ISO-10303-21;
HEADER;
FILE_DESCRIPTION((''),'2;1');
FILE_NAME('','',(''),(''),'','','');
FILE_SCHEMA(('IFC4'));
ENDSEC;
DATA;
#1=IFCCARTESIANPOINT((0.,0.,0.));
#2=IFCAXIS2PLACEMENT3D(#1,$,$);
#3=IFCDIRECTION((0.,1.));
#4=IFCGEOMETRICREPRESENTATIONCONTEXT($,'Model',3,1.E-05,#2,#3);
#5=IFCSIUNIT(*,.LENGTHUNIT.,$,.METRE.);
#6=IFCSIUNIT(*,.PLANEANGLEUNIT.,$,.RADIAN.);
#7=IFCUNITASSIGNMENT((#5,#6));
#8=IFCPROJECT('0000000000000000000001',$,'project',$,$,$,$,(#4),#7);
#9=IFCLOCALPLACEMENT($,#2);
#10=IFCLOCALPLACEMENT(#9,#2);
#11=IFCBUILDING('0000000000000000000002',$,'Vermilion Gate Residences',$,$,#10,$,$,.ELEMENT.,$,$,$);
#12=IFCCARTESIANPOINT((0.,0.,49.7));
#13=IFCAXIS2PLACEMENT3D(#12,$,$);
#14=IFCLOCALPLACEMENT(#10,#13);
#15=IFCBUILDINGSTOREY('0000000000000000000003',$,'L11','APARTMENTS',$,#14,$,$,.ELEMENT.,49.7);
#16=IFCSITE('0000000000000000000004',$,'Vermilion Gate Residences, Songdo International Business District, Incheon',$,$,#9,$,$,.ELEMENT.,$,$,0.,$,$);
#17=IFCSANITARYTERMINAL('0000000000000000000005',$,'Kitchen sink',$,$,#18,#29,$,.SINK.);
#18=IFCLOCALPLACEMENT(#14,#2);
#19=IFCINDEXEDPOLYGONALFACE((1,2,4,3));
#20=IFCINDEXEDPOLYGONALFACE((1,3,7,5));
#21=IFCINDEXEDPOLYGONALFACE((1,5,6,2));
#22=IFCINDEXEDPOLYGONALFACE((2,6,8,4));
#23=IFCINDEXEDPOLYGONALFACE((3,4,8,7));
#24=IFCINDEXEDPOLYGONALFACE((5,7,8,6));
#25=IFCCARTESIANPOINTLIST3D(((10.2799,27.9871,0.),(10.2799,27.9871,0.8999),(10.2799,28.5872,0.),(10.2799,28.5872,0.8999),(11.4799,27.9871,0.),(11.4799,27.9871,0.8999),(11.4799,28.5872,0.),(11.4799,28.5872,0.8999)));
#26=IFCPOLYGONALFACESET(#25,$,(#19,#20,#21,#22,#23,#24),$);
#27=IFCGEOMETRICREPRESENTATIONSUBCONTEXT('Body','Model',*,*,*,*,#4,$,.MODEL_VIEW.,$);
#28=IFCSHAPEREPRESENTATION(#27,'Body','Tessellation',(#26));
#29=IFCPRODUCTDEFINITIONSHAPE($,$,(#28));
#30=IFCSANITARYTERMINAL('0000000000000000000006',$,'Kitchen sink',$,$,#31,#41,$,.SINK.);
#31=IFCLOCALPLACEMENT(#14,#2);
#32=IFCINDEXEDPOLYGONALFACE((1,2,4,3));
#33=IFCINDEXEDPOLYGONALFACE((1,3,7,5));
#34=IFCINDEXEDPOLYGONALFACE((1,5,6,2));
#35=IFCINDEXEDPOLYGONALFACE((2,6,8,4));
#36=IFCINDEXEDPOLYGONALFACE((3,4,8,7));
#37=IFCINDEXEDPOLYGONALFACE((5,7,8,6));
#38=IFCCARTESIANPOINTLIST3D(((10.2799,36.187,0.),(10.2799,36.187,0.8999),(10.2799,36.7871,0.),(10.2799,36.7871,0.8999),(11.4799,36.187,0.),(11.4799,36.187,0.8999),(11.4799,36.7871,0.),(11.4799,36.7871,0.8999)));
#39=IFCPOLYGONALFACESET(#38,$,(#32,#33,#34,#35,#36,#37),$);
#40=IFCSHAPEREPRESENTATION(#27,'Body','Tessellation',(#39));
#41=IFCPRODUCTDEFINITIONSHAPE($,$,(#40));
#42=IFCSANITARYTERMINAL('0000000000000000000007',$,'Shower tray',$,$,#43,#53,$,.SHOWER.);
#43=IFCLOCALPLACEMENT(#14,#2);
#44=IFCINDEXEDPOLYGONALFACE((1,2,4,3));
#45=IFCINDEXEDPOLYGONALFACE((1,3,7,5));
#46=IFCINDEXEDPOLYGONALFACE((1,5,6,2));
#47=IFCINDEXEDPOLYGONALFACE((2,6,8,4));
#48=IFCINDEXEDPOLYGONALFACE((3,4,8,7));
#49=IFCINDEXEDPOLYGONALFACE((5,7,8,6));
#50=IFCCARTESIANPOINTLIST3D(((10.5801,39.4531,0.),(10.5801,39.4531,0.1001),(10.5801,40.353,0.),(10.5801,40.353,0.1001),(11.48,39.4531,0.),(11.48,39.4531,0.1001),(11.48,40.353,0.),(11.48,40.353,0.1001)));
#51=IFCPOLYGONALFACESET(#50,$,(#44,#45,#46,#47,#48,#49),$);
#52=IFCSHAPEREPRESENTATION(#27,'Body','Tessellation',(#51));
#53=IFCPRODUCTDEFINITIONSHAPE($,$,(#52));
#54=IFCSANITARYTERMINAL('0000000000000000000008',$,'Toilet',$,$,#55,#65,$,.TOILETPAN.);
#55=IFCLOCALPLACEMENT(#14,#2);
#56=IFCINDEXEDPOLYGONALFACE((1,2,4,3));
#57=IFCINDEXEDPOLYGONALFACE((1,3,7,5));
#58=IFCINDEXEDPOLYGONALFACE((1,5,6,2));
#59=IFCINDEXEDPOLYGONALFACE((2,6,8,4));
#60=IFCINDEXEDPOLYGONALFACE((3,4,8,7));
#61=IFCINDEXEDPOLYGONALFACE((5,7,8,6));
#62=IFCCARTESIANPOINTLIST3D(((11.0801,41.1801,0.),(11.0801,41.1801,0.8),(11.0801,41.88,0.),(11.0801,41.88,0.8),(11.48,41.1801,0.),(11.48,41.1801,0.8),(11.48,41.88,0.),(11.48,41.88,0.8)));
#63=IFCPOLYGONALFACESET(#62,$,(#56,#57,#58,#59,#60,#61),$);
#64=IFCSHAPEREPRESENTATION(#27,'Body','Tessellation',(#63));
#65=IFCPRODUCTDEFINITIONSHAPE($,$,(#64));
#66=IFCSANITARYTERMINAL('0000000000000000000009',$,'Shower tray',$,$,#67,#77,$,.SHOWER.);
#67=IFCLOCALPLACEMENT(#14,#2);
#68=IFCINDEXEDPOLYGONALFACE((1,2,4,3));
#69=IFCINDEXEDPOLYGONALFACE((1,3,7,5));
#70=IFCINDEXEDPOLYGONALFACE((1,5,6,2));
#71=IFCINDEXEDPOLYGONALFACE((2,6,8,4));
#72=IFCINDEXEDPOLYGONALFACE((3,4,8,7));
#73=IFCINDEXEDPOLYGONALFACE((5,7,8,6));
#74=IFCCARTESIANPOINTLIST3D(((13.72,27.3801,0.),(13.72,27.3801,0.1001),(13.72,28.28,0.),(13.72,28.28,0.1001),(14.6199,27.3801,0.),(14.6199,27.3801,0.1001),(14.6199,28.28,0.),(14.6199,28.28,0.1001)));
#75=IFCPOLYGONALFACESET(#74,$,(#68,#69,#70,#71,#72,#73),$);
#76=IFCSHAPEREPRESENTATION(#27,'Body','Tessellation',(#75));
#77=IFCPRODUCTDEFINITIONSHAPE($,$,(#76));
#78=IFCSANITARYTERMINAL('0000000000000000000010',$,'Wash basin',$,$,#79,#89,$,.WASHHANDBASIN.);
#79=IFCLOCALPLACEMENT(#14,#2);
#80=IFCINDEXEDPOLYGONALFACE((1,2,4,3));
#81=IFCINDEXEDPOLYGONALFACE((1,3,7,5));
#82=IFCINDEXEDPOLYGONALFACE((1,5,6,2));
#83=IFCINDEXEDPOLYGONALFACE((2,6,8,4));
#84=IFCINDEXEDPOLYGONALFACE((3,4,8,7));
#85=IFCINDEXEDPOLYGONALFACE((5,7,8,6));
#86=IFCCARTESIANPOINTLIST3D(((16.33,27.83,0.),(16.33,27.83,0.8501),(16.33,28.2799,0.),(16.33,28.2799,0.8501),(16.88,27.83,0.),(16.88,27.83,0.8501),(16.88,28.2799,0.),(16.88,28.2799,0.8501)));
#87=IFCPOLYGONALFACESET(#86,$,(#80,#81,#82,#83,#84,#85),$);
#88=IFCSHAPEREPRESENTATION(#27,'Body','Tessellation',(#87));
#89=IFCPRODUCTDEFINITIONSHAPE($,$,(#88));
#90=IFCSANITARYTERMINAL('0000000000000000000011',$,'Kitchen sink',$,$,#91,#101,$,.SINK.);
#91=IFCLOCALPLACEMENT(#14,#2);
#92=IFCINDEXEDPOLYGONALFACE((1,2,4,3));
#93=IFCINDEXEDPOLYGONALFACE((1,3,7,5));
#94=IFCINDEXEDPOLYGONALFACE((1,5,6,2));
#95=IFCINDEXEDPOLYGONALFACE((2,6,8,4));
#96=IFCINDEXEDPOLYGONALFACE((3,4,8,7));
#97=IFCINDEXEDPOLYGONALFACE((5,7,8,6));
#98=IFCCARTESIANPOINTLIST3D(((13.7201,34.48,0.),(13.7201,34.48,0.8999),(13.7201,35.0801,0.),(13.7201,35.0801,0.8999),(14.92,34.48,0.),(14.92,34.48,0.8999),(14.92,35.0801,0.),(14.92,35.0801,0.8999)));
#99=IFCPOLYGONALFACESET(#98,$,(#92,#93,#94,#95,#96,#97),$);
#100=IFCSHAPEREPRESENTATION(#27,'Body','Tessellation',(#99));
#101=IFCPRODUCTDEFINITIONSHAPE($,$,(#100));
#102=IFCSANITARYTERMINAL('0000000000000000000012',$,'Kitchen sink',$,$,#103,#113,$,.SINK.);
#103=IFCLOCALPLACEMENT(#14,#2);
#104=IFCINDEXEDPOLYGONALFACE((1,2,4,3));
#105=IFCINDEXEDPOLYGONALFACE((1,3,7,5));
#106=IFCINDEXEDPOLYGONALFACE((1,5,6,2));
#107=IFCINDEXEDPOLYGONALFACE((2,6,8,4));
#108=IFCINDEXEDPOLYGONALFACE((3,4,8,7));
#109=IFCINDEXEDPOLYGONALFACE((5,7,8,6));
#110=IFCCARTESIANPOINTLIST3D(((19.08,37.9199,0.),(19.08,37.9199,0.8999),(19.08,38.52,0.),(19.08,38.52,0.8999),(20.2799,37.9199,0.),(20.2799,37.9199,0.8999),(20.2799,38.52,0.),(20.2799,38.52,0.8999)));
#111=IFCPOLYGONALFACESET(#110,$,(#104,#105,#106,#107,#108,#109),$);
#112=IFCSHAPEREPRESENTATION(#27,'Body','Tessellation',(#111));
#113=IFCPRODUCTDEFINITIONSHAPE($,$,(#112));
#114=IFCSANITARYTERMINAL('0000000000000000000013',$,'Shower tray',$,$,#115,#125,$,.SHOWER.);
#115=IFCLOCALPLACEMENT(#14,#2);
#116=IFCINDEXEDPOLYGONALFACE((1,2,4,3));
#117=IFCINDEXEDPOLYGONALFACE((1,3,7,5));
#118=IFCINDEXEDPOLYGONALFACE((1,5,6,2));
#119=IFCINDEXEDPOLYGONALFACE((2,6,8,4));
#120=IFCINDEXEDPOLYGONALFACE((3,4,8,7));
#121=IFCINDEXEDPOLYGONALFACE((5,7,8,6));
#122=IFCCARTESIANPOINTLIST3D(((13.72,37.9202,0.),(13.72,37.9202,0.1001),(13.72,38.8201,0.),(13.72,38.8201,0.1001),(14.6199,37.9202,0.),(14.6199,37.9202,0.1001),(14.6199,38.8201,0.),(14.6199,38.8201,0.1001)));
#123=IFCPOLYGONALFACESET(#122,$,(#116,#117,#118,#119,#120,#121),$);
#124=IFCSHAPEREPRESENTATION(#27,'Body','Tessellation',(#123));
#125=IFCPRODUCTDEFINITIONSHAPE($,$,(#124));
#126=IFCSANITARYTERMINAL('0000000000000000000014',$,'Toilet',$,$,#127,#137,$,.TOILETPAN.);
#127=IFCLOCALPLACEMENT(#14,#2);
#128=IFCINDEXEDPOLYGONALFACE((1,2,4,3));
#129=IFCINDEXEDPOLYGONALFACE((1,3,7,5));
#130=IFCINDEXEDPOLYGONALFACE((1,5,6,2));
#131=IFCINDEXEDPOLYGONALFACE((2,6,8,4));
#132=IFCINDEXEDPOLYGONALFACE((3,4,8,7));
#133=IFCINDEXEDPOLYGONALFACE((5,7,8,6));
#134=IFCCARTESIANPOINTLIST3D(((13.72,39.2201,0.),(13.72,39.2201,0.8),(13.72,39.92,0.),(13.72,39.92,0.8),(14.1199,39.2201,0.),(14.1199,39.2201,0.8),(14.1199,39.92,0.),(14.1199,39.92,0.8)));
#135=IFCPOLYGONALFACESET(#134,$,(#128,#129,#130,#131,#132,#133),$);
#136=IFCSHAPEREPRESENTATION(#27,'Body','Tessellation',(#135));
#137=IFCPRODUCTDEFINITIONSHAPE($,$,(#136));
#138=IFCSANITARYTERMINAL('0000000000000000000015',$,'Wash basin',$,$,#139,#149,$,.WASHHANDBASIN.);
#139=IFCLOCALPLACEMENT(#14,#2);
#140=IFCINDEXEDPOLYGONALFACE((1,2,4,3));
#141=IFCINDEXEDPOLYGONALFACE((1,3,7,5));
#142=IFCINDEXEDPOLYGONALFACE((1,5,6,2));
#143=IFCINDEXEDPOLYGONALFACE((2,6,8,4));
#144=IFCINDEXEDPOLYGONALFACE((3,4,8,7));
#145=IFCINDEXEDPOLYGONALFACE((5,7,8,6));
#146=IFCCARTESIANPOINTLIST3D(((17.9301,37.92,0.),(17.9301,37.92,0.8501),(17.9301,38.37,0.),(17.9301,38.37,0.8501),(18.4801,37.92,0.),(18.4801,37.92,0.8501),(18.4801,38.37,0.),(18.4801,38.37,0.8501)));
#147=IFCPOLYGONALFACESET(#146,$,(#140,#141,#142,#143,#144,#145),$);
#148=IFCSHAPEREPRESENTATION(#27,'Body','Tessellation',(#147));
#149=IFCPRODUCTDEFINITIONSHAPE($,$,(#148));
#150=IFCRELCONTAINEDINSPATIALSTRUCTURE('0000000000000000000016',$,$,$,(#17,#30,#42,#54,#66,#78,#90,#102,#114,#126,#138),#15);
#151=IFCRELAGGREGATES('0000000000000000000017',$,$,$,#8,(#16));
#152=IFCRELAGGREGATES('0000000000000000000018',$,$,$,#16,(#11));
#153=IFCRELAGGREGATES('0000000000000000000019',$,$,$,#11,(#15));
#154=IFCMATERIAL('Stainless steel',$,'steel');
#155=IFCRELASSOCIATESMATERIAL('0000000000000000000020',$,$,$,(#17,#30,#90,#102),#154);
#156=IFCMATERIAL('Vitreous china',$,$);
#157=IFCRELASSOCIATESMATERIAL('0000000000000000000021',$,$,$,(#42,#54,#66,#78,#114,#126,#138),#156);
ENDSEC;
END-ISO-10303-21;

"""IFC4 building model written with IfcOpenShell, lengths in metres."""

from ifc_helpers import new_model, si_unit, direction, frame, origin, origin_2d, place, context, subcontext, project, spatial, rectangle, extrude, material, element, save


model = new_model("IFC4")

# Units and contexts
model_context = context("Model", 3, precision=1e-05, world=origin(), true_north=direction((0.0, 1.0)))
body_context = subcontext(model_context, "Body", "Model", "MODEL_VIEW")
ifc_project = project(units=[si_unit("LENGTHUNIT", "METRE"), si_unit("PLANEANGLEUNIT", "RADIAN")], contexts=[model_context])

# Site, building, storey
site_placement = place(None, origin())
site = spatial("IfcSite", under=ifc_project, at=site_placement, Name="Vermilion Gate Residences, Songdo International Business District, Incheon", CompositionType="ELEMENT", RefElevation=0.0)
building_placement = place(site_placement, origin())
building = spatial("IfcBuilding", under=site, at=building_placement, Name="Vermilion Gate Residences", CompositionType="ELEMENT")
storey_placement = place(building_placement, frame((0.0, 0.0, 49.7)))
storey = spatial("IfcBuildingStorey", under=building, at=storey_placement, Name="L11", Description="APARTMENTS", CompositionType="ELEMENT", Elevation=49.7)

# Sanitary terminals
ifc_material_1 = material(Name="Stainless steel", Category="steel")
for number, where, z_axis, x_axis, name in (
    (1, (10.8799, 28.2871, 0.0), (0.0, 0.0, 1.0), (1.0, 0.0, 0.0), "Kitchen sink"),
    (2, (10.8799, 36.4871, 0.0), (0.0, 0.0, 1.0), (1.0, 0.0, 0.0), "Kitchen sink"),
):
    element("IfcSanitaryTerminal", number, at=place(storey_placement, frame(where, z_axis=z_axis, x_axis=x_axis)), inside=storey, material=ifc_material_1, Name=name, PredefinedType="SINK", context=body_context, shape_type="SweptSolid", body=[
        extrude(rectangle(XDim=1.2, YDim=0.6001, at=origin_2d()), origin(), (0.0, 0.0, 1.0), 0.8999),
    ])
ifc_material_2 = material(Name="Vitreous china")
sanitary_terminal_1_placement = place(storey_placement, frame((11.03, 39.9031, 0.0), z_axis=(0.0, 0.0, 1.0), x_axis=(1.0, 0.0, 0.0)))
element("IfcSanitaryTerminal", 3, at=sanitary_terminal_1_placement, inside=storey, material=ifc_material_2, Name="Shower tray", PredefinedType="SHOWER", context=body_context, shape_type="SweptSolid", body=[
    extrude(rectangle(XDim=0.8999, YDim=0.8999, at=origin_2d()), origin(), (0.0, 0.0, 1.0), 0.1001),
])
sanitary_terminal_2_placement = place(storey_placement, frame((11.28, 41.53, 0.0), z_axis=(0.0, 0.0, 1.0), x_axis=(1.0, 0.0, 0.0)))
element("IfcSanitaryTerminal", 4, at=sanitary_terminal_2_placement, inside=storey, material=ifc_material_2, Name="Toilet", PredefinedType="TOILETPAN", context=body_context, shape_type="SweptSolid", body=[
    extrude(rectangle(XDim=0.3999, YDim=0.7, at=origin_2d()), origin(), (0.0, 0.0, 1.0), 0.8),
])
sanitary_terminal_3_placement = place(storey_placement, frame((14.1699, 27.8301, 0.0), z_axis=(0.0, 0.0, 1.0), x_axis=(1.0, 0.0, 0.0)))
element("IfcSanitaryTerminal", 5, at=sanitary_terminal_3_placement, inside=storey, material=ifc_material_2, Name="Shower tray", PredefinedType="SHOWER", context=body_context, shape_type="SweptSolid", body=[
    extrude(rectangle(XDim=0.8999, YDim=0.8999, at=origin_2d()), origin(), (0.0, 0.0, 1.0), 0.1001),
])
sanitary_terminal_4_placement = place(storey_placement, frame((16.605, 28.0549, 0.0), z_axis=(0.0, 0.0, 1.0), x_axis=(1.0, 0.0, 0.0)))
element("IfcSanitaryTerminal", 6, at=sanitary_terminal_4_placement, inside=storey, material=ifc_material_2, Name="Wash basin", PredefinedType="WASHHANDBASIN", context=body_context, shape_type="SweptSolid", body=[
    extrude(rectangle(XDim=0.55, YDim=0.45, at=origin_2d()), origin(), (0.0, 0.0, 1.0), 0.8501),
])
for number, where, z_axis, x_axis, name in (
    (7, (14.3201, 34.78, 0.0), (0.0, 0.0, 1.0), (1.0, 0.0, 0.0), "Kitchen sink"),
    (8, (19.6799, 38.22, 0.0), (0.0, 0.0, 1.0), (1.0, 0.0, 0.0), "Kitchen sink"),
):
    element("IfcSanitaryTerminal", number, at=place(storey_placement, frame(where, z_axis=z_axis, x_axis=x_axis)), inside=storey, material=ifc_material_1, Name=name, PredefinedType="SINK", context=body_context, shape_type="SweptSolid", body=[
        extrude(rectangle(XDim=1.2, YDim=0.6001, at=origin_2d()), origin(), (0.0, 0.0, 1.0), 0.8999),
    ])
sanitary_terminal_5_placement = place(storey_placement, frame((14.1699, 38.3701, 0.0), z_axis=(0.0, 0.0, 1.0), x_axis=(1.0, 0.0, 0.0)))
element("IfcSanitaryTerminal", 9, at=sanitary_terminal_5_placement, inside=storey, material=ifc_material_2, Name="Shower tray", PredefinedType="SHOWER", context=body_context, shape_type="SweptSolid", body=[
    extrude(rectangle(XDim=0.8999, YDim=0.8999, at=origin_2d()), origin(), (0.0, 0.0, 1.0), 0.1001),
])
sanitary_terminal_6_placement = place(storey_placement, frame((13.9199, 39.5701, 0.0), z_axis=(0.0, 0.0, 1.0), x_axis=(1.0, 0.0, 0.0)))
element("IfcSanitaryTerminal", 10, at=sanitary_terminal_6_placement, inside=storey, material=ifc_material_2, Name="Toilet", PredefinedType="TOILETPAN", context=body_context, shape_type="SweptSolid", body=[
    extrude(rectangle(XDim=0.3999, YDim=0.7, at=origin_2d()), origin(), (0.0, 0.0, 1.0), 0.8),
])
sanitary_terminal_7_placement = place(storey_placement, frame((18.2051, 38.145, 0.0), z_axis=(0.0, 0.0, 1.0), x_axis=(1.0, 0.0, 0.0)))
element("IfcSanitaryTerminal", 11, at=sanitary_terminal_7_placement, inside=storey, material=ifc_material_2, Name="Wash basin", PredefinedType="WASHHANDBASIN", context=body_context, shape_type="SweptSolid", body=[
    extrude(rectangle(XDim=0.55, YDim=0.45, at=origin_2d()), origin(), (0.0, 0.0, 1.0), 0.8501),
])

save(model, "model.ifc")
